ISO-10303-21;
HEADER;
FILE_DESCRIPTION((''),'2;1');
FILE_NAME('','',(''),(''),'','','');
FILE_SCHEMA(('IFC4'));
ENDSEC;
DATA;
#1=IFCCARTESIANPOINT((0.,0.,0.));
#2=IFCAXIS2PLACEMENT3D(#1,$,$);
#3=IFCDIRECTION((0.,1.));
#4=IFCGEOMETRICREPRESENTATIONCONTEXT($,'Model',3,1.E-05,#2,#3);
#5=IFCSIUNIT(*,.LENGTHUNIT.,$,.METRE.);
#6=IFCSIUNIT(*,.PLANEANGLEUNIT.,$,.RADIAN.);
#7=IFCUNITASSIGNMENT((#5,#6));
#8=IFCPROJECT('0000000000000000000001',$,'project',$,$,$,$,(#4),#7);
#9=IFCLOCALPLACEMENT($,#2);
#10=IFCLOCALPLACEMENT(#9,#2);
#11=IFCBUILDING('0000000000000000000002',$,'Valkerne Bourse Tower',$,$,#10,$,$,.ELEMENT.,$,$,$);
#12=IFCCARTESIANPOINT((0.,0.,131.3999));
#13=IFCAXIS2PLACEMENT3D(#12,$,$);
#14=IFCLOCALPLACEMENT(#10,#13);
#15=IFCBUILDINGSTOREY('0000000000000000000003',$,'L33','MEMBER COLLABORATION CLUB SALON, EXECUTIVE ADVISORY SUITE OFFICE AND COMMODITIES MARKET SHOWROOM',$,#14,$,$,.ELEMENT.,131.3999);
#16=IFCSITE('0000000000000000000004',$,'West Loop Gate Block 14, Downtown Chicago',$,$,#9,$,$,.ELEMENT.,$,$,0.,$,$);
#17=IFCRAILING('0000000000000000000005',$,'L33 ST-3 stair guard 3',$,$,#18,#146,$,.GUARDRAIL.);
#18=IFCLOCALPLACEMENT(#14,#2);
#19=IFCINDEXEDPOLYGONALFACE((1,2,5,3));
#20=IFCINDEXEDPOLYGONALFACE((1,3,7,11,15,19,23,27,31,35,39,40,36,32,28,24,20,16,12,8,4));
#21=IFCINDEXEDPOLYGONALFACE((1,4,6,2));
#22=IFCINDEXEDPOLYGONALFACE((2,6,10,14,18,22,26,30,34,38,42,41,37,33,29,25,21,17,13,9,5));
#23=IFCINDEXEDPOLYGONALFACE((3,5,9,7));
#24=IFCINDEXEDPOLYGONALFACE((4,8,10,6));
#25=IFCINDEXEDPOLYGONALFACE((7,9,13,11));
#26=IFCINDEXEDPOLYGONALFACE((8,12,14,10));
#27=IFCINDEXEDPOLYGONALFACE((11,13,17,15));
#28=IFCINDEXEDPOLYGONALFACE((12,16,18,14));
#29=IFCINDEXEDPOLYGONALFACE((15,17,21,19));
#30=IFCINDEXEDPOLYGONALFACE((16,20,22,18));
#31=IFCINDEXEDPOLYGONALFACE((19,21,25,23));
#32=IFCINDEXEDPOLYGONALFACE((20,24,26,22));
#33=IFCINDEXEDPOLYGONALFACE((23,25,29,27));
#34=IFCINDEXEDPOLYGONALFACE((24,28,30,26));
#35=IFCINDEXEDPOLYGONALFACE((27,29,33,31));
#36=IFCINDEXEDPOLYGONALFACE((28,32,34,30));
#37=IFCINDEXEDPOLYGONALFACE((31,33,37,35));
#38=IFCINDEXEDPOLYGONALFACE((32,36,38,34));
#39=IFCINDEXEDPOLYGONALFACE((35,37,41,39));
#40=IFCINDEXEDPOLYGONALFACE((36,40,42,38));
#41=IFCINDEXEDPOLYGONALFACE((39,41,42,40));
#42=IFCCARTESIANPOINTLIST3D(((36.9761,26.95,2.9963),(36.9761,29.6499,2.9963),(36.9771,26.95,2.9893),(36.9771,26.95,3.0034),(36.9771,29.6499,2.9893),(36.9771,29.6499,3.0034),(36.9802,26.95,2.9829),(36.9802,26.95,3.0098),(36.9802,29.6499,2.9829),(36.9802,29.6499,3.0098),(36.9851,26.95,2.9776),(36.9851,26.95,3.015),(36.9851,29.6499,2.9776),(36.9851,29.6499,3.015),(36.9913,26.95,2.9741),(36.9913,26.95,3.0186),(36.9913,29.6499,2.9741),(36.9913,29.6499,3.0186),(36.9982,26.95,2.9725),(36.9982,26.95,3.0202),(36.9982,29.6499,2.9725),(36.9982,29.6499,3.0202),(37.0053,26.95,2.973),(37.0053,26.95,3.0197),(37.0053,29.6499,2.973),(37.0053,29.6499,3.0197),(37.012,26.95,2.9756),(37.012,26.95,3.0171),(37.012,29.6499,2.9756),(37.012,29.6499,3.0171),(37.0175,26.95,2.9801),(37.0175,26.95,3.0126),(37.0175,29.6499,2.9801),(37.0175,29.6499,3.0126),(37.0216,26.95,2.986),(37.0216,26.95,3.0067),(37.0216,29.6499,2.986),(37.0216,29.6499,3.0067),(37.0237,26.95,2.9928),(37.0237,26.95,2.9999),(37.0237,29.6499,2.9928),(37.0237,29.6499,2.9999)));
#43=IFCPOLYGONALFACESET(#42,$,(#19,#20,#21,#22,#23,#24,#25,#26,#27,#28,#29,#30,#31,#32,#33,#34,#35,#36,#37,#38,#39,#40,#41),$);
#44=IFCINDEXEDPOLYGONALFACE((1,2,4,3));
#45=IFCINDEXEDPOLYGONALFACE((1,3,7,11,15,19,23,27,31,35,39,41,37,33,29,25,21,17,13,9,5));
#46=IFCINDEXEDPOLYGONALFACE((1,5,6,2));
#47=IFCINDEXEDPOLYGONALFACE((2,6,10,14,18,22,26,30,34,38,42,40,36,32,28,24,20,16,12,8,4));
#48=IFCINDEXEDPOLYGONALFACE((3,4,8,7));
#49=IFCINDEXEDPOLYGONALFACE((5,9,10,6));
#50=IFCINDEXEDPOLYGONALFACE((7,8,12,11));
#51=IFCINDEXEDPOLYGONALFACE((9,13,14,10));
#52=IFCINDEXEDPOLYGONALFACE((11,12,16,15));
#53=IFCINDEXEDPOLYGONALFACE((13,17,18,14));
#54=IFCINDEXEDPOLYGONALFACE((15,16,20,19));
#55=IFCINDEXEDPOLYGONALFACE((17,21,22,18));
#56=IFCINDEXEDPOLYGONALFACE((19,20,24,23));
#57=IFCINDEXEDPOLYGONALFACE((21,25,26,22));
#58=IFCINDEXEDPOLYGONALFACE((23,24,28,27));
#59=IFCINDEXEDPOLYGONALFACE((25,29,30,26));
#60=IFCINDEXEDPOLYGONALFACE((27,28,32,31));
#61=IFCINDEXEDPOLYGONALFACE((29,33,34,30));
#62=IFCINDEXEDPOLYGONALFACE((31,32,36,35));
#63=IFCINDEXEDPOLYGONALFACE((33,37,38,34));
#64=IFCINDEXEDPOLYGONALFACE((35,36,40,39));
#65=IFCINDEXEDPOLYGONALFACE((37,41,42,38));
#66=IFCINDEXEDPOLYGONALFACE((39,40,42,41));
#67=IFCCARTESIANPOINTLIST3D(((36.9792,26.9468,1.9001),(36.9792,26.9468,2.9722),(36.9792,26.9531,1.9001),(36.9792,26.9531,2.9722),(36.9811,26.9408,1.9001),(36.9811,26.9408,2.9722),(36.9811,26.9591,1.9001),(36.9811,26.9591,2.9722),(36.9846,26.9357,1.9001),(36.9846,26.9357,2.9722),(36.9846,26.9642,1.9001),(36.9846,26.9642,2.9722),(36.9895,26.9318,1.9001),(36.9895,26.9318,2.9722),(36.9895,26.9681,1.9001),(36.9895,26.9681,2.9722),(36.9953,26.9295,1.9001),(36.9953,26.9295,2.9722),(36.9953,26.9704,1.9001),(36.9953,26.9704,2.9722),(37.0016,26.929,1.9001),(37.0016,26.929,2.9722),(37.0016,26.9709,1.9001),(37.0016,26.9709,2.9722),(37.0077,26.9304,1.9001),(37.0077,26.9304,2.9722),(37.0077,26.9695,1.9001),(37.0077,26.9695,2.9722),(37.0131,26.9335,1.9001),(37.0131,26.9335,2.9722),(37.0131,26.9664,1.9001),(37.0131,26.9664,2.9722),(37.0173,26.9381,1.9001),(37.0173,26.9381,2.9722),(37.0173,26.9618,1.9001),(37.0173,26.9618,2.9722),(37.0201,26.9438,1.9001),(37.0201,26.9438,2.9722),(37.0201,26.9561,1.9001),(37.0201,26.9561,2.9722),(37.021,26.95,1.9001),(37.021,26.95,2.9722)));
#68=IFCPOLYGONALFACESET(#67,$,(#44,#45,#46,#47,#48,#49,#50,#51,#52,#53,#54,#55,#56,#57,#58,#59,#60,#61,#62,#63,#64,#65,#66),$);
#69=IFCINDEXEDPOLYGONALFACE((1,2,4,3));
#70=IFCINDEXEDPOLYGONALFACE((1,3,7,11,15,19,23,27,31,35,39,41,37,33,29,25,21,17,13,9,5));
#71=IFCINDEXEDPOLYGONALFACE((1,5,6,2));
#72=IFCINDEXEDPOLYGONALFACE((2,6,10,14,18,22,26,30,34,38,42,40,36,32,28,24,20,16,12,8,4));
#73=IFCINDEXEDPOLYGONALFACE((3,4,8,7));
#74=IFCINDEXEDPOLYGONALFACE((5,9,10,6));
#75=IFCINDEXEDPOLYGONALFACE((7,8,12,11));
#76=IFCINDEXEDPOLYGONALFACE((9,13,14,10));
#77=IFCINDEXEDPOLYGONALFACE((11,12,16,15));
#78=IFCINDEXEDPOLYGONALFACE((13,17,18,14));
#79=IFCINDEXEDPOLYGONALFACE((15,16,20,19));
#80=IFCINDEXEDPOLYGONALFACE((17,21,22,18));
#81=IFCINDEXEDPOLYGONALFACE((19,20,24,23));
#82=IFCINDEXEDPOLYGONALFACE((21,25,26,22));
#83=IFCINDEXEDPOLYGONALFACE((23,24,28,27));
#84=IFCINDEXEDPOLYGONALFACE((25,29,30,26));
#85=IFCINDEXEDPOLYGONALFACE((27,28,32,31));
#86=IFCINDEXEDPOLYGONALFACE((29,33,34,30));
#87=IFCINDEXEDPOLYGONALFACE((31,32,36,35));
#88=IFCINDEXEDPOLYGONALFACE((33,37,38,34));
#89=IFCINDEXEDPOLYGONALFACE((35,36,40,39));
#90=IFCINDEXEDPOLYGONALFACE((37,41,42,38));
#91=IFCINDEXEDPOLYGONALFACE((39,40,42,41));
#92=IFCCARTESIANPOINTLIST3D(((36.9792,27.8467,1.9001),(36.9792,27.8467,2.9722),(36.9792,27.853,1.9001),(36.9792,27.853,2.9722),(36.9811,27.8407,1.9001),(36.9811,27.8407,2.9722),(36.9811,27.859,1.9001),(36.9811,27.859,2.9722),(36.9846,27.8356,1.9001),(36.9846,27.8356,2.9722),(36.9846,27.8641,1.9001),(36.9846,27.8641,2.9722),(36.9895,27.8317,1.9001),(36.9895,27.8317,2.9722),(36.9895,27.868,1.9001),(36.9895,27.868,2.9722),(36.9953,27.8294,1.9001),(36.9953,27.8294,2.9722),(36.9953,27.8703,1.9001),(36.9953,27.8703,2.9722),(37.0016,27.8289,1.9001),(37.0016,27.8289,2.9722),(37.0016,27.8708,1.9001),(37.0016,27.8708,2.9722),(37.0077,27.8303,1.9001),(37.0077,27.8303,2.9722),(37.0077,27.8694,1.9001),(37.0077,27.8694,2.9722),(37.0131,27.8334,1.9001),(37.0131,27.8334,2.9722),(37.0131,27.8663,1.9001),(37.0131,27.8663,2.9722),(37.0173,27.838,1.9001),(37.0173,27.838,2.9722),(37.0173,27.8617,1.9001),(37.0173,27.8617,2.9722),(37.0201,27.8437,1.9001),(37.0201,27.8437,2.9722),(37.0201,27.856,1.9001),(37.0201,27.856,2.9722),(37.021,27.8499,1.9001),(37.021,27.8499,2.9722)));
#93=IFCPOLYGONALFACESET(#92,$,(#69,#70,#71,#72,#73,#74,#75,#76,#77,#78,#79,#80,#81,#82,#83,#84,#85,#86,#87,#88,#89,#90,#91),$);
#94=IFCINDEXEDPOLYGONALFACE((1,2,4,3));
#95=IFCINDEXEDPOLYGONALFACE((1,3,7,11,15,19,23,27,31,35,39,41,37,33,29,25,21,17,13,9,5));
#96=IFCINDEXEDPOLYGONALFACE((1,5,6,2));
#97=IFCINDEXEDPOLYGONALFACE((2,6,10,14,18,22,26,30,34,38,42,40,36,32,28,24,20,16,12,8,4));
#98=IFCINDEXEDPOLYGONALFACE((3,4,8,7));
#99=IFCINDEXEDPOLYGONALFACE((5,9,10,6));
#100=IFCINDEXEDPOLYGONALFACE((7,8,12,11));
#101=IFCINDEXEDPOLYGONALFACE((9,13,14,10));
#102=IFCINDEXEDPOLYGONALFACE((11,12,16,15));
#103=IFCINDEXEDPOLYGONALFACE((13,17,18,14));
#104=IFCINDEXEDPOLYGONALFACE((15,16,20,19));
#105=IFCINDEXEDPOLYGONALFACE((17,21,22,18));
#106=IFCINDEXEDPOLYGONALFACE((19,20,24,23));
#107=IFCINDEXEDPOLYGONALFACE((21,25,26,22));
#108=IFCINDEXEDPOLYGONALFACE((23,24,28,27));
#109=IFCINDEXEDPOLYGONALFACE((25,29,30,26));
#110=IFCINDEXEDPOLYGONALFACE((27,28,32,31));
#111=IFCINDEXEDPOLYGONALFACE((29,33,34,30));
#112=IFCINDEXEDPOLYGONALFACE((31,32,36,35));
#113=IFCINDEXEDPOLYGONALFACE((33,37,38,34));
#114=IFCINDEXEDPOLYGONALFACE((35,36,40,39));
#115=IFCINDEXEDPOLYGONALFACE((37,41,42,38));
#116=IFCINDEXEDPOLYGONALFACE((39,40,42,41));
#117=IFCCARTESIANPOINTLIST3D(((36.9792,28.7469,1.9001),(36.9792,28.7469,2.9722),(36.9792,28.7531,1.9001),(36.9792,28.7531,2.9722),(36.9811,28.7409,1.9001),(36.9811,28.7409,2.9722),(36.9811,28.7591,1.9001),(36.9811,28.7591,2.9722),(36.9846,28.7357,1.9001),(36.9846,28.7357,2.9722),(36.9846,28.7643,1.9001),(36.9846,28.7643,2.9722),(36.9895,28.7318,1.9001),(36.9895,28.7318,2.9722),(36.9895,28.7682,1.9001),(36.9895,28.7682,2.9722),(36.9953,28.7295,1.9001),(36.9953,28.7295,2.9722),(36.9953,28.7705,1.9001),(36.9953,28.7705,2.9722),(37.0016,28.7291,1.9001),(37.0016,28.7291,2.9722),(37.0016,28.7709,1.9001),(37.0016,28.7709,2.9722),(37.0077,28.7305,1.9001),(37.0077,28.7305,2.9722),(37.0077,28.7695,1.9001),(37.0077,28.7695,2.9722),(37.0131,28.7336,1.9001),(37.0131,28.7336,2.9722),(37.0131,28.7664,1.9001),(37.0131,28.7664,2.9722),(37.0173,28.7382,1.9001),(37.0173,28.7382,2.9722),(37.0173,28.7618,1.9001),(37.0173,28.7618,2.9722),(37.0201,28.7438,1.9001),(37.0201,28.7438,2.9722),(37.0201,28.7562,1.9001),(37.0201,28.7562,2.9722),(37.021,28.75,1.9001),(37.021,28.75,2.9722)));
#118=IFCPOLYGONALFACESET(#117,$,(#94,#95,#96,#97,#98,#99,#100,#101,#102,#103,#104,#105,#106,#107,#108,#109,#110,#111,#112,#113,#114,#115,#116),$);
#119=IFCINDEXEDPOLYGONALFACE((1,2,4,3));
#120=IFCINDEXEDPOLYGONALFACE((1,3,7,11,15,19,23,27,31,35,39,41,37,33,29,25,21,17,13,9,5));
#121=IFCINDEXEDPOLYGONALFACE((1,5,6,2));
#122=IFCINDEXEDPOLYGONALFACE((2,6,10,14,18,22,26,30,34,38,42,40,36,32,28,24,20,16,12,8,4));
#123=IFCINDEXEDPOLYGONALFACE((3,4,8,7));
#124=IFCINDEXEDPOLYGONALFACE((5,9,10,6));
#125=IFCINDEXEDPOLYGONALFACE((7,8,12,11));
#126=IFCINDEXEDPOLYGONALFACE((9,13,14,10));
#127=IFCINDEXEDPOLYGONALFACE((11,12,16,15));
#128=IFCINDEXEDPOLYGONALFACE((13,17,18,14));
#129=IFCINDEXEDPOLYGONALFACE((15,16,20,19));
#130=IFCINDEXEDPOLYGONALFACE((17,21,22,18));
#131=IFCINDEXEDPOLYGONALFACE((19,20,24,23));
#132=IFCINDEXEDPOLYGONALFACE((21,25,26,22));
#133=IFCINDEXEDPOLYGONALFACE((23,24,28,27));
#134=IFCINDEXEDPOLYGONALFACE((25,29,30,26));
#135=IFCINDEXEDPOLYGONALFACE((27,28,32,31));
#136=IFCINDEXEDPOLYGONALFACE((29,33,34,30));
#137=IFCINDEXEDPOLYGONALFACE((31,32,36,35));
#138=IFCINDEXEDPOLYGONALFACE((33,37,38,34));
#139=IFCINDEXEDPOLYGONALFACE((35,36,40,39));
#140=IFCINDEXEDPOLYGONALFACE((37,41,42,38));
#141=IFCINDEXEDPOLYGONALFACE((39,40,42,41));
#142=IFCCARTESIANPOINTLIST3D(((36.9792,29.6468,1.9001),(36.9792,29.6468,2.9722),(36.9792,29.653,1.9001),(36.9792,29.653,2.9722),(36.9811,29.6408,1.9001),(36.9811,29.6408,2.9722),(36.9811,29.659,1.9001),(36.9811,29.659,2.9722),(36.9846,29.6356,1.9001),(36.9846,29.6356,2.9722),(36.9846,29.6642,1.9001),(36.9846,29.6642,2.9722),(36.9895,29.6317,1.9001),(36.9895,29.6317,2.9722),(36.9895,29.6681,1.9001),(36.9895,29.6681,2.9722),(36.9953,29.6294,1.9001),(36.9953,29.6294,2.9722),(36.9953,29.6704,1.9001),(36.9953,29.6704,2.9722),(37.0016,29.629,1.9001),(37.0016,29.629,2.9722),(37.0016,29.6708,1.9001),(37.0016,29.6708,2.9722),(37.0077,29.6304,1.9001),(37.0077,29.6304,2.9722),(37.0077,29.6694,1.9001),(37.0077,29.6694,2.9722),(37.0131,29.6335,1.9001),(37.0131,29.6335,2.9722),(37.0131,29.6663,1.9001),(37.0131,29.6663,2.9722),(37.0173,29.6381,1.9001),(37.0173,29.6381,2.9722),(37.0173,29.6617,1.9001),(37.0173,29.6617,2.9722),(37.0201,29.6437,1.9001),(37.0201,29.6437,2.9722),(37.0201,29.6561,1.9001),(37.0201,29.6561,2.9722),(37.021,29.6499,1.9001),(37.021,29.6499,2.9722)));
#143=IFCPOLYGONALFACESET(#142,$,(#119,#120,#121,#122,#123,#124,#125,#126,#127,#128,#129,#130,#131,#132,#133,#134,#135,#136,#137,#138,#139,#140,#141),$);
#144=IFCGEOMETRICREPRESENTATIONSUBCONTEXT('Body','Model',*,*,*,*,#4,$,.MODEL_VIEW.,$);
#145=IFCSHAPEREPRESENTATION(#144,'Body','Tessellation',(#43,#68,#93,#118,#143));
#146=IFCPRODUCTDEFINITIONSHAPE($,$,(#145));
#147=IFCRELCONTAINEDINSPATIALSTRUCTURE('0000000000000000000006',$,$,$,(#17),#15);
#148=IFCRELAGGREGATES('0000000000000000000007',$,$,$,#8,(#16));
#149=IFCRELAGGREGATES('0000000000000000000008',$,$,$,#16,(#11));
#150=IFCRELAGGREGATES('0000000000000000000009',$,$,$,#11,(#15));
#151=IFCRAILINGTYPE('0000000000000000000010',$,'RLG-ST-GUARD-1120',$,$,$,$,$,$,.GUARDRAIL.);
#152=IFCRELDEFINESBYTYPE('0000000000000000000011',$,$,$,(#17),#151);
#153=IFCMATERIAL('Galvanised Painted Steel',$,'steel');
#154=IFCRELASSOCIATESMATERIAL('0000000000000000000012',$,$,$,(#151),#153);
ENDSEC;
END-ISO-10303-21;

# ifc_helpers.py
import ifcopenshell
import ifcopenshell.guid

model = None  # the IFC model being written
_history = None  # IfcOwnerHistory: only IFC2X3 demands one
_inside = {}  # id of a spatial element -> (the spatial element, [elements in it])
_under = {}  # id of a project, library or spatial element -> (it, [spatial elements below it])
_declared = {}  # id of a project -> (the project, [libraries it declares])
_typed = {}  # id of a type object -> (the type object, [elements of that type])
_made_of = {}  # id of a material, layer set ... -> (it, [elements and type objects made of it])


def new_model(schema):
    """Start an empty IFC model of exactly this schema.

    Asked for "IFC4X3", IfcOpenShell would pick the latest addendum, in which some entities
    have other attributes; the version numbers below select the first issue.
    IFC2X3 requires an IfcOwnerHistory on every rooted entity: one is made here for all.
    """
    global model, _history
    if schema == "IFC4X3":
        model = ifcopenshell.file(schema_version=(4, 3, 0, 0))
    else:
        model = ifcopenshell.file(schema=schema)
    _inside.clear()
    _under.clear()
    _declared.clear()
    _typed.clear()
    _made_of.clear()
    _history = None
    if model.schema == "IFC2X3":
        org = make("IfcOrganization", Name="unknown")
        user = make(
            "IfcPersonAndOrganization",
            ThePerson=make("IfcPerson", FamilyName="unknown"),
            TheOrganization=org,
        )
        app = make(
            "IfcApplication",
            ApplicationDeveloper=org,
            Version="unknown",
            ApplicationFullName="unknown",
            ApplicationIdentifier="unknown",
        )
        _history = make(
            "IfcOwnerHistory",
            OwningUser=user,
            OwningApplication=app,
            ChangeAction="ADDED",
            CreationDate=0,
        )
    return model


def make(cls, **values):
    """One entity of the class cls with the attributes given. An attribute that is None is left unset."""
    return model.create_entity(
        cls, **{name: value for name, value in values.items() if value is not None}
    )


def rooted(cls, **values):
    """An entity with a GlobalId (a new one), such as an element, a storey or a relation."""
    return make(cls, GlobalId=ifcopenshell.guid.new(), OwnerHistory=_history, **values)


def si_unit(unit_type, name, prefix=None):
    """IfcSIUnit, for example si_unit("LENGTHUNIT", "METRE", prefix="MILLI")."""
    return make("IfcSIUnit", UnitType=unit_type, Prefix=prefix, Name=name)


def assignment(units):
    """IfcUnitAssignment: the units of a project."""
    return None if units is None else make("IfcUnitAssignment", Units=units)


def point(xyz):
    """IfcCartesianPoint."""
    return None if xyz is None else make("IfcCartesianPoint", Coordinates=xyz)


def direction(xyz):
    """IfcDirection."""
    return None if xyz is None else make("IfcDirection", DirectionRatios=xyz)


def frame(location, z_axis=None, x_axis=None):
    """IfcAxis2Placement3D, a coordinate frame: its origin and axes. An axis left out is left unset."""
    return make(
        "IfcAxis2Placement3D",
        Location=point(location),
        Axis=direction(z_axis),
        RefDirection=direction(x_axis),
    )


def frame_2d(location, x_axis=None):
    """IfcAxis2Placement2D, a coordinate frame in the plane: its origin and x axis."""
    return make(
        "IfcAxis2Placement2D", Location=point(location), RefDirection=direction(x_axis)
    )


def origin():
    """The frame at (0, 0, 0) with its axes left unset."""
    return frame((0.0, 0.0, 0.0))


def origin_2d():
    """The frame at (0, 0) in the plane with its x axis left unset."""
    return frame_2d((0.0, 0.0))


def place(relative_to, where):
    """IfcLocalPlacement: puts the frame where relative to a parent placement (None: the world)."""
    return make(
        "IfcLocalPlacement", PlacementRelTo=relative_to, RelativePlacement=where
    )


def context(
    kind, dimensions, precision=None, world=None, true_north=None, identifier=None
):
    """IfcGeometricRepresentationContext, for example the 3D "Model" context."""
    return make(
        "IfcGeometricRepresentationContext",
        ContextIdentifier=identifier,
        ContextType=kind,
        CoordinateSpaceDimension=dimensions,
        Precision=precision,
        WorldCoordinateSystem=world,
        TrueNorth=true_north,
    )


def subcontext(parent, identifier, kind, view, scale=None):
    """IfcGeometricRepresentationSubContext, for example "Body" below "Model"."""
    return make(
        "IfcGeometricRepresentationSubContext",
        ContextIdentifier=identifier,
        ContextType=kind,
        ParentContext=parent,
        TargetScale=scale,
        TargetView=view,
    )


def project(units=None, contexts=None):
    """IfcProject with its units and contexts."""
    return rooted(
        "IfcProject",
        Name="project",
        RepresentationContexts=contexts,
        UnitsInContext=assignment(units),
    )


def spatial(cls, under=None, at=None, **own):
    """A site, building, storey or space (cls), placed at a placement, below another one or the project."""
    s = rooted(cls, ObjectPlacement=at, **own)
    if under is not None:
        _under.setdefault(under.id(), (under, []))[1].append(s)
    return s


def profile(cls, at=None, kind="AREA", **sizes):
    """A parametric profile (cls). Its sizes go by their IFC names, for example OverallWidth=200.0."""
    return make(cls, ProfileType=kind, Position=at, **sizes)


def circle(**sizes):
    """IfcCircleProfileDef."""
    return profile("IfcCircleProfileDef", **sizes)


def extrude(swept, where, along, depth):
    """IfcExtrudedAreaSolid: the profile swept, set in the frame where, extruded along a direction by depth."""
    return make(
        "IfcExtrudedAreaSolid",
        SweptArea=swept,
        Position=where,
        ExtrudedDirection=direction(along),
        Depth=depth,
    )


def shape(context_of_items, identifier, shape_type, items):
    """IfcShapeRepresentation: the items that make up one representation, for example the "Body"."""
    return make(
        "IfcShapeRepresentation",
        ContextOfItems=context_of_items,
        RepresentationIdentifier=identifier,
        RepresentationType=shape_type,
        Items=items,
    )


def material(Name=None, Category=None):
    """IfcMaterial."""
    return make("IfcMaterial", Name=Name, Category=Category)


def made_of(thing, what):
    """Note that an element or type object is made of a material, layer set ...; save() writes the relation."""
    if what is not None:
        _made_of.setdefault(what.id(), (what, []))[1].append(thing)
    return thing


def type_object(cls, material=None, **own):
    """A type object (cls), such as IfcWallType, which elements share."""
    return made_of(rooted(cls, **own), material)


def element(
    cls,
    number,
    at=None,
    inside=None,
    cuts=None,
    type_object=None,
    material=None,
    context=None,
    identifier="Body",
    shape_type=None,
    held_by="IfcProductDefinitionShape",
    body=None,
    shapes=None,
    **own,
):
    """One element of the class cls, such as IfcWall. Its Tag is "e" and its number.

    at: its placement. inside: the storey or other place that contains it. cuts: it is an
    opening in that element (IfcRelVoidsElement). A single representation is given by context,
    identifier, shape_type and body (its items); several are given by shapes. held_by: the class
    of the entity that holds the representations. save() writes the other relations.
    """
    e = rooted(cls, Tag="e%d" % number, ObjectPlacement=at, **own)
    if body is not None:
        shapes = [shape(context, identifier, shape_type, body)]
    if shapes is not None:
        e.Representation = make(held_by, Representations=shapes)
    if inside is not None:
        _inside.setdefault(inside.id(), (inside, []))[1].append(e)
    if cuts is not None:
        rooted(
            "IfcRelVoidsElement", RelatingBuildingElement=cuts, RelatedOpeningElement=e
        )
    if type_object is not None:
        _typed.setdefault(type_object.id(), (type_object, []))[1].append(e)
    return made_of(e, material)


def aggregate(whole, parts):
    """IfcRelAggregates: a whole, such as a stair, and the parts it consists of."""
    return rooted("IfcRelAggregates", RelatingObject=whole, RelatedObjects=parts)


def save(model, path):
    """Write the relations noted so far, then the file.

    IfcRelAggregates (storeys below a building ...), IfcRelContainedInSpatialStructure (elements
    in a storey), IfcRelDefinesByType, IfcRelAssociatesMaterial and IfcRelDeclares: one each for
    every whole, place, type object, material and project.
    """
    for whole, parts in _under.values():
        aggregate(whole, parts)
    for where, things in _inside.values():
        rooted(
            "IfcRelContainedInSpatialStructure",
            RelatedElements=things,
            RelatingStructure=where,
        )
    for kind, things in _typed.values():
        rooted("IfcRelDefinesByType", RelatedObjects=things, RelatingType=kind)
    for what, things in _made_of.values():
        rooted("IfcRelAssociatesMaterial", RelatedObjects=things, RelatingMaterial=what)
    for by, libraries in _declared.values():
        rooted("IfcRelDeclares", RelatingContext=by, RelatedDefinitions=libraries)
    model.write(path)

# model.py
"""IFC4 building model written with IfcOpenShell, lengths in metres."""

from ifc_helpers import new_model, si_unit, direction, frame, origin, origin_2d, place, context, subcontext, project, spatial, circle, extrude, material, type_object, element, save


model = new_model("IFC4")

# Units and contexts
model_context = context("Model", 3, precision=1e-05, world=origin(), true_north=direction((0.0, 1.0)))
body_context = subcontext(model_context, "Body", "Model", "MODEL_VIEW")
ifc_project = project(units=[si_unit("LENGTHUNIT", "METRE"), si_unit("PLANEANGLEUNIT", "RADIAN")], contexts=[model_context])

# Site, building, storey
site_placement = place(None, origin())
site = spatial("IfcSite", under=ifc_project, at=site_placement, Name="West Loop Gate Block 14, Downtown Chicago", CompositionType="ELEMENT", RefElevation=0.0)
building_placement = place(site_placement, origin())
building = spatial("IfcBuilding", under=site, at=building_placement, Name="Valkerne Bourse Tower", CompositionType="ELEMENT")
storey_placement = place(building_placement, frame((0.0, 0.0, 131.3999)))
storey = spatial("IfcBuildingStorey", under=building, at=storey_placement, Name="L33", Description="MEMBER COLLABORATION CLUB SALON, EXECUTIVE ADVISORY SUITE OFFICE AND COMMODITIES MARKET SHOWROOM", CompositionType="ELEMENT", Elevation=131.3999)

# Shared definitions
ifc_material_1 = material(Name="Galvanised Painted Steel", Category="steel")

# Railing
railing_type_1 = type_object("IfcRailingType", Name="RLG-ST-GUARD-1120", PredefinedType="GUARDRAIL", material=ifc_material_1)
for number, where, name in (
    (1, (37.0, 26.95, 1.9001), "L33 ST-3 stair guard 3"),
):
    element("IfcRailing", number, at=place(storey_placement, frame(where)), inside=storey, type_object=railing_type_1, Name=name, PredefinedType="GUARDRAIL", context=body_context, shape_type="SweptSolid", body=[
        extrude(circle(Radius=0.0239, at=origin_2d()), frame((0.0, 0.0, 1.0962), z_axis=(0.0, 1.0, 0.0), x_axis=(-1.0, 0.0, 0.0)), (0.0, 0.0, 1.0), 2.7),
        extrude(circle(Radius=0.021, at=origin_2d()), origin(), (0.0, 0.0, 1.0), 1.072),
        extrude(circle(Radius=0.021, at=origin_2d()), frame((0.0, 0.8999, 0.0)), (0.0, 0.0, 1.0), 1.072),
        extrude(circle(Radius=0.021, at=origin_2d()), frame((0.0, 1.8, 0.0)), (0.0, 0.0, 1.0), 1.072),
        extrude(circle(Radius=0.021, at=origin_2d()), frame((0.0, 2.7, 0.0)), (0.0, 0.0, 1.0), 1.072),
    ])

save(model, "model.ifc")
